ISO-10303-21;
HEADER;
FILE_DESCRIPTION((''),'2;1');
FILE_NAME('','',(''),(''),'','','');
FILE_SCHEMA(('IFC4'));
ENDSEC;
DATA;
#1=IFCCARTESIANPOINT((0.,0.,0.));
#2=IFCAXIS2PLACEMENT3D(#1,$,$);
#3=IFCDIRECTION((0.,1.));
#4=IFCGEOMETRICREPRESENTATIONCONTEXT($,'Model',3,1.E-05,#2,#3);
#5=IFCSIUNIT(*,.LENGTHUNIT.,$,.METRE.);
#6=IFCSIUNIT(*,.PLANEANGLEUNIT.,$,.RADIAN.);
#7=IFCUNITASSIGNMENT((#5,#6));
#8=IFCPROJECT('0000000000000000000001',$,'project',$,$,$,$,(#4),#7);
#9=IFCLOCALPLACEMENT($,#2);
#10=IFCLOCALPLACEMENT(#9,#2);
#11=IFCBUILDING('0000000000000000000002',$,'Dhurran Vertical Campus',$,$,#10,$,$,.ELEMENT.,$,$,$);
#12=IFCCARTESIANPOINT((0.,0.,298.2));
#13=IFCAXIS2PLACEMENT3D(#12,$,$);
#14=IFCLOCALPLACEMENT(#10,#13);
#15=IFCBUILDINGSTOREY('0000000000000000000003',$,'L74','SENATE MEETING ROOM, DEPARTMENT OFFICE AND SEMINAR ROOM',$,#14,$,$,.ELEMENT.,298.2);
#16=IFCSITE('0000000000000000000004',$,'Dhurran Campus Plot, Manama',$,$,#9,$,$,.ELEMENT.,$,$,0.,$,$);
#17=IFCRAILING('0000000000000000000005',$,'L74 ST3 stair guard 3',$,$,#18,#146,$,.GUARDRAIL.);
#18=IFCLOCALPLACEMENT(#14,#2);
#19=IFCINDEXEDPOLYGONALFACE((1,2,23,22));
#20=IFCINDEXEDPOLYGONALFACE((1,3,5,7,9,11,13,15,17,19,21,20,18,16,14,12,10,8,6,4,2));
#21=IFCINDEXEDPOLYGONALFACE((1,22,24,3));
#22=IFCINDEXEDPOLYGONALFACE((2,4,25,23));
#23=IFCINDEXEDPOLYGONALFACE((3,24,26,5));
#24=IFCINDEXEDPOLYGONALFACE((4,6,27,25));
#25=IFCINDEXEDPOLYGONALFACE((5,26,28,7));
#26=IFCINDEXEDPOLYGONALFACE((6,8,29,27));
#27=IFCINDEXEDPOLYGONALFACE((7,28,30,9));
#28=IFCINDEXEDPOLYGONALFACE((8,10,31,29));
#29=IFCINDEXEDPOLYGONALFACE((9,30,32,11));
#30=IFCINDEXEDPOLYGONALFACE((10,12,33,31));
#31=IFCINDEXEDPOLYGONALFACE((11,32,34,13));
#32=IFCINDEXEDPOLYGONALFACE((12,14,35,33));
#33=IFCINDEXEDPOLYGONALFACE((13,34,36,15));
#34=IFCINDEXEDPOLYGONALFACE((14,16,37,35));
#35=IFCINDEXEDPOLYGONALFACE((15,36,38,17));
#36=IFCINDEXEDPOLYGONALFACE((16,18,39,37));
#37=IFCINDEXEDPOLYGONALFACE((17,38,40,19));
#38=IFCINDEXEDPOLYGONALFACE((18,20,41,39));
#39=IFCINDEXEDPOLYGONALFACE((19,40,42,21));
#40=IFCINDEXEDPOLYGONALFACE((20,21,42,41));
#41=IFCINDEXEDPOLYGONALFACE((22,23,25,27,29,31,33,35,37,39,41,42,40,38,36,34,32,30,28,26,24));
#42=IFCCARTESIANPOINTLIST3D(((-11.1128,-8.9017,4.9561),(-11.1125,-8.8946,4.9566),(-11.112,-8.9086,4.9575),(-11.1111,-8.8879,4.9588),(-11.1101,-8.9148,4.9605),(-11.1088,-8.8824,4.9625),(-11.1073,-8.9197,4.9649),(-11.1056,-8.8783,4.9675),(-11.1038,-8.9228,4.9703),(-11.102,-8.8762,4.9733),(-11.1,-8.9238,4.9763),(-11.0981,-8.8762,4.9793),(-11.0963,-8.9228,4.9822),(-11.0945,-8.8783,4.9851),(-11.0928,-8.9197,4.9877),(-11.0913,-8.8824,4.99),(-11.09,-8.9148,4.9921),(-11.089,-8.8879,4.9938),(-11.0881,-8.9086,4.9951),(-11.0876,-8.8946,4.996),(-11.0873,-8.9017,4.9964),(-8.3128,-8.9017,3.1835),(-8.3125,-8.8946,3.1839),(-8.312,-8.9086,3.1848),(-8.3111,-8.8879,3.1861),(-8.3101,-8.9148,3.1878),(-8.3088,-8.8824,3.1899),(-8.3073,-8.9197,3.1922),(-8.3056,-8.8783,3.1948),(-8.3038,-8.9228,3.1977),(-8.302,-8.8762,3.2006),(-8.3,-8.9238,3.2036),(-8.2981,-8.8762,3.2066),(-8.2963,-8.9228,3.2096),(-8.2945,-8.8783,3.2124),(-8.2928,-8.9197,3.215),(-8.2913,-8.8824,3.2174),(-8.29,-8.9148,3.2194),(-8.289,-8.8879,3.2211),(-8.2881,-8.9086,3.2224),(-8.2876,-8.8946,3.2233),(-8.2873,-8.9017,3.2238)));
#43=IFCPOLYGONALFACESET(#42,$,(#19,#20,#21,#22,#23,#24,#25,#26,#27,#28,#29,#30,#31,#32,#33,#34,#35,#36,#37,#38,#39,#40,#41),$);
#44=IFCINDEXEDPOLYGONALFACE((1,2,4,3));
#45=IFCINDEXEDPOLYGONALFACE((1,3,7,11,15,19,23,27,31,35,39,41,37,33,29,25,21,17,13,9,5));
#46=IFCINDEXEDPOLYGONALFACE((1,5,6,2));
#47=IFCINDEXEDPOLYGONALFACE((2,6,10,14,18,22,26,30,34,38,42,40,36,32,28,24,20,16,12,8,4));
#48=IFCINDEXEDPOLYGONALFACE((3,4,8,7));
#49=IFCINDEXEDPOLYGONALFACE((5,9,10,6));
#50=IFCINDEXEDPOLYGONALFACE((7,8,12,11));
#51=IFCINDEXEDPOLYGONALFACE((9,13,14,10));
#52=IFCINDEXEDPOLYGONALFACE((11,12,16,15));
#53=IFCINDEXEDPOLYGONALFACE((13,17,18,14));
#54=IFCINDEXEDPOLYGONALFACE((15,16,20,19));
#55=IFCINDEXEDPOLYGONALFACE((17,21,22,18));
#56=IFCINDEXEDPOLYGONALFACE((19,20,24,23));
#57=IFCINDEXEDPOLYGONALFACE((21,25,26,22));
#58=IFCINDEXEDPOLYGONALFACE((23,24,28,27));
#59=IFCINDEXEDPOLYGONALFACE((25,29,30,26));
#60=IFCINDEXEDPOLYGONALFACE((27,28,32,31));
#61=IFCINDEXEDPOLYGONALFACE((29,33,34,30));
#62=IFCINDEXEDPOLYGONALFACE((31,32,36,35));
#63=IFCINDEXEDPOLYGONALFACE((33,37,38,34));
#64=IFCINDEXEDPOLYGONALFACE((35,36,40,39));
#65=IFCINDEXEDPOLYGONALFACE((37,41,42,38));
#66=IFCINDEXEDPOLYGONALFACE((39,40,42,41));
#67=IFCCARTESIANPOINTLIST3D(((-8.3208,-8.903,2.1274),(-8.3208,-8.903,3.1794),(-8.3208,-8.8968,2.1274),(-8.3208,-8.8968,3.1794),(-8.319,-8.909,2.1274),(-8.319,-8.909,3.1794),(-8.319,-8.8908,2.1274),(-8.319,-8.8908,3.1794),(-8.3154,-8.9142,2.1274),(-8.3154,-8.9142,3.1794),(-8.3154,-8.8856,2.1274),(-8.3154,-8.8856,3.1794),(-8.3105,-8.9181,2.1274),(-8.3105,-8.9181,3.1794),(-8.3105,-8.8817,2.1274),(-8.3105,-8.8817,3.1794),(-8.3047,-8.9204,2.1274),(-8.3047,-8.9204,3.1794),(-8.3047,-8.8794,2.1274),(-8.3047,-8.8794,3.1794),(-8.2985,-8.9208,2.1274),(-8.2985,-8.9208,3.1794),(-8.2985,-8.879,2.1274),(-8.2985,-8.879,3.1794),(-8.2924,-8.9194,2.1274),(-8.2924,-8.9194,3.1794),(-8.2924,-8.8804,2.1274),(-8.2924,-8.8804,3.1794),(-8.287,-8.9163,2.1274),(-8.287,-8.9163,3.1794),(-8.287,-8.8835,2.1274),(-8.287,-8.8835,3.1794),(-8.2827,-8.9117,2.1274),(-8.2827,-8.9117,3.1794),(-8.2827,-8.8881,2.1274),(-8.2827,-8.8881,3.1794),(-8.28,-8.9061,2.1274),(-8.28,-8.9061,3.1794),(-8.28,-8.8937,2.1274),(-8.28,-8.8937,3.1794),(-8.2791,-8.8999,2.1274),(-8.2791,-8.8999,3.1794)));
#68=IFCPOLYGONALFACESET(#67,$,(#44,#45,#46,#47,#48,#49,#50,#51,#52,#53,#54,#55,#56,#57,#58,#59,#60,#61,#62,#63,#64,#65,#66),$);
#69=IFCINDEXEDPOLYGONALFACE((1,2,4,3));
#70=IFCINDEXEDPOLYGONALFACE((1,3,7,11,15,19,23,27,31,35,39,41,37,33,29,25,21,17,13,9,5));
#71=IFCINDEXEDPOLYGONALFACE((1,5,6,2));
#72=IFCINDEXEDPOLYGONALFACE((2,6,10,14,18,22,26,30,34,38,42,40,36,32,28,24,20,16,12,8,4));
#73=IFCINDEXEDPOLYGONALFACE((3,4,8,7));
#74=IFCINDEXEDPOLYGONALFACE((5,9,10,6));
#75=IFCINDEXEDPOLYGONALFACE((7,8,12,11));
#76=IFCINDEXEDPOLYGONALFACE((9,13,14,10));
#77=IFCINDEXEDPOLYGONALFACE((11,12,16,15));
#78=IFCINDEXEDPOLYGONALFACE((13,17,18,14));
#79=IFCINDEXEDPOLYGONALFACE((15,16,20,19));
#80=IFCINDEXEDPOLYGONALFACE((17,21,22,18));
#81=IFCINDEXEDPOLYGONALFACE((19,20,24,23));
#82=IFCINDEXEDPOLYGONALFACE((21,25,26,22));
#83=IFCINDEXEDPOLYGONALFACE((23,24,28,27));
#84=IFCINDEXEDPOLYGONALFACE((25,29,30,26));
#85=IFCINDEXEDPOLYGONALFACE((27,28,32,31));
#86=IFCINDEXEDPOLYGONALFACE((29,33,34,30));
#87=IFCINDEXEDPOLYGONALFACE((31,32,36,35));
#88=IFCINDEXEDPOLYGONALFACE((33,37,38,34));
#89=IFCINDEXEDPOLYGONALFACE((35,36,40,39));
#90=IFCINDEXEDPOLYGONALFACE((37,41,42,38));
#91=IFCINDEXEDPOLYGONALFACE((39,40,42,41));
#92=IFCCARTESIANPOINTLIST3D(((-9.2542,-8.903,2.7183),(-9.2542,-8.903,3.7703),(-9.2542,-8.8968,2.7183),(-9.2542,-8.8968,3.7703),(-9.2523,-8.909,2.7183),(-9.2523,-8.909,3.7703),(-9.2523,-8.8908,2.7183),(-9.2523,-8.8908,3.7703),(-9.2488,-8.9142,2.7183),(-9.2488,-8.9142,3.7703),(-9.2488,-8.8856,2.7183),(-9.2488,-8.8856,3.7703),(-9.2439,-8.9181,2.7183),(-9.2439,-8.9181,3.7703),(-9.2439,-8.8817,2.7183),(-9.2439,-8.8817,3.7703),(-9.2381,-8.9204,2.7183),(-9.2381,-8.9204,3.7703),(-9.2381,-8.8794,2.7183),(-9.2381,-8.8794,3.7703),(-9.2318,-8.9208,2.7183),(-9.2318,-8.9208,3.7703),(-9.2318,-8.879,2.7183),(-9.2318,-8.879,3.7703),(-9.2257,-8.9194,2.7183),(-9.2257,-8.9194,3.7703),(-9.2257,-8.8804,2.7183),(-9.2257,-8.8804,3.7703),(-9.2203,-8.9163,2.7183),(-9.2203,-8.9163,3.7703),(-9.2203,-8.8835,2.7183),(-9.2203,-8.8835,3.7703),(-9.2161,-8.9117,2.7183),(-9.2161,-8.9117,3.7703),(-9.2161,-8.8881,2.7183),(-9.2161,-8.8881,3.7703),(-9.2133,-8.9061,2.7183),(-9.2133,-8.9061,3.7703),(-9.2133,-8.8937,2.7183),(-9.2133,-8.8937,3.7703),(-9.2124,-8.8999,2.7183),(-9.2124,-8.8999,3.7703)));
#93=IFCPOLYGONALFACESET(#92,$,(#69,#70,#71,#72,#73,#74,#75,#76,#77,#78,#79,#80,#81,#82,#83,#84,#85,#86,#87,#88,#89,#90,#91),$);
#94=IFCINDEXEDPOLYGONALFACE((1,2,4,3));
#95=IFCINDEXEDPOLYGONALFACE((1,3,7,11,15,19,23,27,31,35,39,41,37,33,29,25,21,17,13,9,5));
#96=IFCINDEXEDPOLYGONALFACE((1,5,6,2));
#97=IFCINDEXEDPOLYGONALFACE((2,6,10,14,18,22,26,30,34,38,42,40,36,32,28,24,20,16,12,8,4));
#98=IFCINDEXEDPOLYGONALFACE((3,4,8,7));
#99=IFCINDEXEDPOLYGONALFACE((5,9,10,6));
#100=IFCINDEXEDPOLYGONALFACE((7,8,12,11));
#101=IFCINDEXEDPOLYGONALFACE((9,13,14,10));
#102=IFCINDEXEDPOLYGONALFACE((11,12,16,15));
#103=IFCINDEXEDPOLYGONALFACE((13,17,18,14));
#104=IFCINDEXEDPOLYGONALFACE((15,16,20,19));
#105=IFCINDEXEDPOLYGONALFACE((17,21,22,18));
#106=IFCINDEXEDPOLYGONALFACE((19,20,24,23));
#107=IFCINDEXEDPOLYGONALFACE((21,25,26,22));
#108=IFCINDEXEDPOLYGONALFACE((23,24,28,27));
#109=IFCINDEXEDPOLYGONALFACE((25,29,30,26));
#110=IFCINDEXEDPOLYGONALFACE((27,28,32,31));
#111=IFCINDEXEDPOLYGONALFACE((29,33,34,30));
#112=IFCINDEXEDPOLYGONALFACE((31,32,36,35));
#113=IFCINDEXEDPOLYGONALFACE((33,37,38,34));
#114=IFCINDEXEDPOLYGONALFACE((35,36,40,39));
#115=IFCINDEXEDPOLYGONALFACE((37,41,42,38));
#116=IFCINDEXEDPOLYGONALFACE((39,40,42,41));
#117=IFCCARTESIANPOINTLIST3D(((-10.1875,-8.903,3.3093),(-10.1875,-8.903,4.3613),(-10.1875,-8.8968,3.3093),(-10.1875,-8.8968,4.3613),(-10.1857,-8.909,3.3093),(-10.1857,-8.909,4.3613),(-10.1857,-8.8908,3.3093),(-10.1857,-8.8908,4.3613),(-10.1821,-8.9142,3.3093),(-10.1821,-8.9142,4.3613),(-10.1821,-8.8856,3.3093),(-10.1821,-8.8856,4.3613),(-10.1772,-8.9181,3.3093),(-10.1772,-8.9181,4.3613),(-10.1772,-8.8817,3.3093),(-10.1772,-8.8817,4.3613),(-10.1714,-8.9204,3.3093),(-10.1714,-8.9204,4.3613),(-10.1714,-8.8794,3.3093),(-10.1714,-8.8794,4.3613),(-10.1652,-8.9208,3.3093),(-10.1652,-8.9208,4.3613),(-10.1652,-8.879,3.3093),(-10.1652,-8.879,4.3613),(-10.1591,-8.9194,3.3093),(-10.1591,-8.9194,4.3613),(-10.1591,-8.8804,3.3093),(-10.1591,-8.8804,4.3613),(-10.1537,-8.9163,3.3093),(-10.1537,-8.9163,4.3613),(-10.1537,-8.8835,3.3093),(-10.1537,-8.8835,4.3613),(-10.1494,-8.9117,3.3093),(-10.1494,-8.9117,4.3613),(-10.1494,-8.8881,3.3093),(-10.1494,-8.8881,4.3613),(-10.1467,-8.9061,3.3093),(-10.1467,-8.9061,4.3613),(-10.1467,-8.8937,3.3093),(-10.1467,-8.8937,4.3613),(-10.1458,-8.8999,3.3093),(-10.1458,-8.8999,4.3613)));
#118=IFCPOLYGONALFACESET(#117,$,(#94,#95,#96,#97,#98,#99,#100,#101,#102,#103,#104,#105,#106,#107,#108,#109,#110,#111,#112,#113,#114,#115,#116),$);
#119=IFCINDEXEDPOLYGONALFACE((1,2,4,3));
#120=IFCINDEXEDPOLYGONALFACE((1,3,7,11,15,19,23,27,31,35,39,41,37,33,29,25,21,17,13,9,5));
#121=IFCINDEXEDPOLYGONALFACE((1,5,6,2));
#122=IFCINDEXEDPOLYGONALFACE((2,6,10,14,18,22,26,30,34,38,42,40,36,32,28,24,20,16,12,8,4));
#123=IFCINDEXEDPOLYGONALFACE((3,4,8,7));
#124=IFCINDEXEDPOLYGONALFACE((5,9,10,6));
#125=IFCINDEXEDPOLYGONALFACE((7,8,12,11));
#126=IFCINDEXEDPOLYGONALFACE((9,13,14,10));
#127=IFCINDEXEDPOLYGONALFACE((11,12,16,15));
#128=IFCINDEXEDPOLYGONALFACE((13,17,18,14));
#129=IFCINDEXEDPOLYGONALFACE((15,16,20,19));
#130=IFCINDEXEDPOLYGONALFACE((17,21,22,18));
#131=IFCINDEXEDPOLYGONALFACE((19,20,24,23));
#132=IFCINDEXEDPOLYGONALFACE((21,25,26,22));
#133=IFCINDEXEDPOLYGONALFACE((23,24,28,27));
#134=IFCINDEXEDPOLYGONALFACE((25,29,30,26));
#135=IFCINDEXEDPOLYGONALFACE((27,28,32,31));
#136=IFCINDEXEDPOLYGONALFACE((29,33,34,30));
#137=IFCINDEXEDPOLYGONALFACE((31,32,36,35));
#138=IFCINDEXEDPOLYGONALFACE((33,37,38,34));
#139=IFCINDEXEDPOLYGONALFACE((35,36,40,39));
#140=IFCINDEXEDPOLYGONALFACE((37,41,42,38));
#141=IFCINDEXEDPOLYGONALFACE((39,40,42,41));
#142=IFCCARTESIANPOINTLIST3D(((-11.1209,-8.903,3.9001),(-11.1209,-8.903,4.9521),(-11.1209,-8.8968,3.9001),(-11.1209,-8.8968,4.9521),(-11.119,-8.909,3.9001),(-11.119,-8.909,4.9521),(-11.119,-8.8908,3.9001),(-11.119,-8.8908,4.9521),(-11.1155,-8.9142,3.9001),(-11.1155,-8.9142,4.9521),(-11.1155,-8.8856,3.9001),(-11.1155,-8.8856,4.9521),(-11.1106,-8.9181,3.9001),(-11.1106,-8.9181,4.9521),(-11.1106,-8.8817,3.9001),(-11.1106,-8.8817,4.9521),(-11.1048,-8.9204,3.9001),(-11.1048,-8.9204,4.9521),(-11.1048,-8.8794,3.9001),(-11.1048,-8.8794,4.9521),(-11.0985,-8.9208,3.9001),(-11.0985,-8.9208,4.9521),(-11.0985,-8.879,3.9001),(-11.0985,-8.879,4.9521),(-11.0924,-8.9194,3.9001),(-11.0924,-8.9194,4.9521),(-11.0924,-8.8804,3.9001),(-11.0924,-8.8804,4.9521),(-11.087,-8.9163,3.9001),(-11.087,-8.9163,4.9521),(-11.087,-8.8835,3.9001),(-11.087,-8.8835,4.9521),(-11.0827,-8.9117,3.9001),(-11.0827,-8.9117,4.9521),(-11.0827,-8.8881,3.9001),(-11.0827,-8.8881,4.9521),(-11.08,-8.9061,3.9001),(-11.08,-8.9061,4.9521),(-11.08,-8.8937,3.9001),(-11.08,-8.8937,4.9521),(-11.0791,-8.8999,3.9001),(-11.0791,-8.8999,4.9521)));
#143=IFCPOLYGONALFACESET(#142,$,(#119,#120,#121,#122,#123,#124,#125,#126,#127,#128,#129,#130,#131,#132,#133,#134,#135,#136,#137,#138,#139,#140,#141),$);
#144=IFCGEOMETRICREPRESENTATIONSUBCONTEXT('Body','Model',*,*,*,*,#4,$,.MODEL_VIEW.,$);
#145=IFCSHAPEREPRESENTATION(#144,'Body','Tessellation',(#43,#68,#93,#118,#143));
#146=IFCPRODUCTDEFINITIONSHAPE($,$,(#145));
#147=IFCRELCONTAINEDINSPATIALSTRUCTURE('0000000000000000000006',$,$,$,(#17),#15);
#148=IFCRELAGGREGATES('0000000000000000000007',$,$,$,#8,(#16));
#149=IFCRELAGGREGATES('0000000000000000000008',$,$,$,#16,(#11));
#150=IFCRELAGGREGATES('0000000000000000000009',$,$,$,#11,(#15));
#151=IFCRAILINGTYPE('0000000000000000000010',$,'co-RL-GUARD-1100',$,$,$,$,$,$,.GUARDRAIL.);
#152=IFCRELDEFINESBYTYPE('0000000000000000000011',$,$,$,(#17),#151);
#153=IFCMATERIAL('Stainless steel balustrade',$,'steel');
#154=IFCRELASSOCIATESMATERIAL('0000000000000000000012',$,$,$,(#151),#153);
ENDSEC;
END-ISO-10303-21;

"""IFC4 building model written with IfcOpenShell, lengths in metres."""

from ifc_helpers import new_model, si_unit, direction, frame, origin, origin_2d, place, context, subcontext, project, spatial, circle, extrude, material, type_object, element, save


model = new_model("IFC4")

# Units and contexts
model_context = context("Model", 3, precision=1e-05, world=origin(), true_north=direction((0.0, 1.0)))
body_context = subcontext(model_context, "Body", "Model", "MODEL_VIEW")
ifc_project = project(units=[si_unit("LENGTHUNIT", "METRE"), si_unit("PLANEANGLEUNIT", "RADIAN")], contexts=[model_context])

# Site, building, storey
site_placement = place(None, origin())
site = spatial("IfcSite", under=ifc_project, at=site_placement, Name="Dhurran Campus Plot, Manama", CompositionType="ELEMENT", RefElevation=0.0)
building_placement = place(site_placement, origin())
building = spatial("IfcBuilding", under=site, at=building_placement, Name="Dhurran Vertical Campus", CompositionType="ELEMENT")
storey_placement = place(building_placement, frame((0.0, 0.0, 298.2)))
storey = spatial("IfcBuildingStorey", under=building, at=storey_placement, Name="L74", Description="SENATE MEETING ROOM, DEPARTMENT OFFICE AND SEMINAR ROOM", CompositionType="ELEMENT", Elevation=298.2)

# Railing
ifc_material_1 = material(Name="Stainless steel balustrade", Category="steel")
railing_type_1 = type_object("IfcRailingType", Name="co-RL-GUARD-1100", PredefinedType="GUARDRAIL", material=ifc_material_1)
railing_1_placement = place(storey_placement, frame((-8.3, -8.8999, 2.1274)))
element("IfcRailing", 1, at=railing_1_placement, inside=storey, type_object=railing_type_1, Name="L74 ST3 stair guard 3", PredefinedType="GUARDRAIL", context=body_context, shape_type="SweptSolid", body=[
    extrude(circle(Radius=0.0239, at=origin_2d()), frame((0.0, 0.0, 1.0762), z_axis=(-0.844909, 0.0, 0.53491), x_axis=(0.0, -1.0, 0.0)), (0.0, 0.0, 1.0), 3.314),
    extrude(circle(Radius=0.021, at=origin_2d()), origin(), (0.0, 0.0, 1.0), 1.052),
    extrude(circle(Radius=0.021, at=origin_2d()), frame((-0.9333, 0.0, 0.5908)), (0.0, 0.0, 1.0), 1.052),
    extrude(circle(Radius=0.021, at=origin_2d()), frame((-1.8667, 0.0, 1.1819)), (0.0, 0.0, 1.0), 1.052),
    extrude(circle(Radius=0.021, at=origin_2d()), frame((-2.8, 0.0, 1.7727)), (0.0, 0.0, 1.0), 1.052),
])

save(model, "model.ifc")
